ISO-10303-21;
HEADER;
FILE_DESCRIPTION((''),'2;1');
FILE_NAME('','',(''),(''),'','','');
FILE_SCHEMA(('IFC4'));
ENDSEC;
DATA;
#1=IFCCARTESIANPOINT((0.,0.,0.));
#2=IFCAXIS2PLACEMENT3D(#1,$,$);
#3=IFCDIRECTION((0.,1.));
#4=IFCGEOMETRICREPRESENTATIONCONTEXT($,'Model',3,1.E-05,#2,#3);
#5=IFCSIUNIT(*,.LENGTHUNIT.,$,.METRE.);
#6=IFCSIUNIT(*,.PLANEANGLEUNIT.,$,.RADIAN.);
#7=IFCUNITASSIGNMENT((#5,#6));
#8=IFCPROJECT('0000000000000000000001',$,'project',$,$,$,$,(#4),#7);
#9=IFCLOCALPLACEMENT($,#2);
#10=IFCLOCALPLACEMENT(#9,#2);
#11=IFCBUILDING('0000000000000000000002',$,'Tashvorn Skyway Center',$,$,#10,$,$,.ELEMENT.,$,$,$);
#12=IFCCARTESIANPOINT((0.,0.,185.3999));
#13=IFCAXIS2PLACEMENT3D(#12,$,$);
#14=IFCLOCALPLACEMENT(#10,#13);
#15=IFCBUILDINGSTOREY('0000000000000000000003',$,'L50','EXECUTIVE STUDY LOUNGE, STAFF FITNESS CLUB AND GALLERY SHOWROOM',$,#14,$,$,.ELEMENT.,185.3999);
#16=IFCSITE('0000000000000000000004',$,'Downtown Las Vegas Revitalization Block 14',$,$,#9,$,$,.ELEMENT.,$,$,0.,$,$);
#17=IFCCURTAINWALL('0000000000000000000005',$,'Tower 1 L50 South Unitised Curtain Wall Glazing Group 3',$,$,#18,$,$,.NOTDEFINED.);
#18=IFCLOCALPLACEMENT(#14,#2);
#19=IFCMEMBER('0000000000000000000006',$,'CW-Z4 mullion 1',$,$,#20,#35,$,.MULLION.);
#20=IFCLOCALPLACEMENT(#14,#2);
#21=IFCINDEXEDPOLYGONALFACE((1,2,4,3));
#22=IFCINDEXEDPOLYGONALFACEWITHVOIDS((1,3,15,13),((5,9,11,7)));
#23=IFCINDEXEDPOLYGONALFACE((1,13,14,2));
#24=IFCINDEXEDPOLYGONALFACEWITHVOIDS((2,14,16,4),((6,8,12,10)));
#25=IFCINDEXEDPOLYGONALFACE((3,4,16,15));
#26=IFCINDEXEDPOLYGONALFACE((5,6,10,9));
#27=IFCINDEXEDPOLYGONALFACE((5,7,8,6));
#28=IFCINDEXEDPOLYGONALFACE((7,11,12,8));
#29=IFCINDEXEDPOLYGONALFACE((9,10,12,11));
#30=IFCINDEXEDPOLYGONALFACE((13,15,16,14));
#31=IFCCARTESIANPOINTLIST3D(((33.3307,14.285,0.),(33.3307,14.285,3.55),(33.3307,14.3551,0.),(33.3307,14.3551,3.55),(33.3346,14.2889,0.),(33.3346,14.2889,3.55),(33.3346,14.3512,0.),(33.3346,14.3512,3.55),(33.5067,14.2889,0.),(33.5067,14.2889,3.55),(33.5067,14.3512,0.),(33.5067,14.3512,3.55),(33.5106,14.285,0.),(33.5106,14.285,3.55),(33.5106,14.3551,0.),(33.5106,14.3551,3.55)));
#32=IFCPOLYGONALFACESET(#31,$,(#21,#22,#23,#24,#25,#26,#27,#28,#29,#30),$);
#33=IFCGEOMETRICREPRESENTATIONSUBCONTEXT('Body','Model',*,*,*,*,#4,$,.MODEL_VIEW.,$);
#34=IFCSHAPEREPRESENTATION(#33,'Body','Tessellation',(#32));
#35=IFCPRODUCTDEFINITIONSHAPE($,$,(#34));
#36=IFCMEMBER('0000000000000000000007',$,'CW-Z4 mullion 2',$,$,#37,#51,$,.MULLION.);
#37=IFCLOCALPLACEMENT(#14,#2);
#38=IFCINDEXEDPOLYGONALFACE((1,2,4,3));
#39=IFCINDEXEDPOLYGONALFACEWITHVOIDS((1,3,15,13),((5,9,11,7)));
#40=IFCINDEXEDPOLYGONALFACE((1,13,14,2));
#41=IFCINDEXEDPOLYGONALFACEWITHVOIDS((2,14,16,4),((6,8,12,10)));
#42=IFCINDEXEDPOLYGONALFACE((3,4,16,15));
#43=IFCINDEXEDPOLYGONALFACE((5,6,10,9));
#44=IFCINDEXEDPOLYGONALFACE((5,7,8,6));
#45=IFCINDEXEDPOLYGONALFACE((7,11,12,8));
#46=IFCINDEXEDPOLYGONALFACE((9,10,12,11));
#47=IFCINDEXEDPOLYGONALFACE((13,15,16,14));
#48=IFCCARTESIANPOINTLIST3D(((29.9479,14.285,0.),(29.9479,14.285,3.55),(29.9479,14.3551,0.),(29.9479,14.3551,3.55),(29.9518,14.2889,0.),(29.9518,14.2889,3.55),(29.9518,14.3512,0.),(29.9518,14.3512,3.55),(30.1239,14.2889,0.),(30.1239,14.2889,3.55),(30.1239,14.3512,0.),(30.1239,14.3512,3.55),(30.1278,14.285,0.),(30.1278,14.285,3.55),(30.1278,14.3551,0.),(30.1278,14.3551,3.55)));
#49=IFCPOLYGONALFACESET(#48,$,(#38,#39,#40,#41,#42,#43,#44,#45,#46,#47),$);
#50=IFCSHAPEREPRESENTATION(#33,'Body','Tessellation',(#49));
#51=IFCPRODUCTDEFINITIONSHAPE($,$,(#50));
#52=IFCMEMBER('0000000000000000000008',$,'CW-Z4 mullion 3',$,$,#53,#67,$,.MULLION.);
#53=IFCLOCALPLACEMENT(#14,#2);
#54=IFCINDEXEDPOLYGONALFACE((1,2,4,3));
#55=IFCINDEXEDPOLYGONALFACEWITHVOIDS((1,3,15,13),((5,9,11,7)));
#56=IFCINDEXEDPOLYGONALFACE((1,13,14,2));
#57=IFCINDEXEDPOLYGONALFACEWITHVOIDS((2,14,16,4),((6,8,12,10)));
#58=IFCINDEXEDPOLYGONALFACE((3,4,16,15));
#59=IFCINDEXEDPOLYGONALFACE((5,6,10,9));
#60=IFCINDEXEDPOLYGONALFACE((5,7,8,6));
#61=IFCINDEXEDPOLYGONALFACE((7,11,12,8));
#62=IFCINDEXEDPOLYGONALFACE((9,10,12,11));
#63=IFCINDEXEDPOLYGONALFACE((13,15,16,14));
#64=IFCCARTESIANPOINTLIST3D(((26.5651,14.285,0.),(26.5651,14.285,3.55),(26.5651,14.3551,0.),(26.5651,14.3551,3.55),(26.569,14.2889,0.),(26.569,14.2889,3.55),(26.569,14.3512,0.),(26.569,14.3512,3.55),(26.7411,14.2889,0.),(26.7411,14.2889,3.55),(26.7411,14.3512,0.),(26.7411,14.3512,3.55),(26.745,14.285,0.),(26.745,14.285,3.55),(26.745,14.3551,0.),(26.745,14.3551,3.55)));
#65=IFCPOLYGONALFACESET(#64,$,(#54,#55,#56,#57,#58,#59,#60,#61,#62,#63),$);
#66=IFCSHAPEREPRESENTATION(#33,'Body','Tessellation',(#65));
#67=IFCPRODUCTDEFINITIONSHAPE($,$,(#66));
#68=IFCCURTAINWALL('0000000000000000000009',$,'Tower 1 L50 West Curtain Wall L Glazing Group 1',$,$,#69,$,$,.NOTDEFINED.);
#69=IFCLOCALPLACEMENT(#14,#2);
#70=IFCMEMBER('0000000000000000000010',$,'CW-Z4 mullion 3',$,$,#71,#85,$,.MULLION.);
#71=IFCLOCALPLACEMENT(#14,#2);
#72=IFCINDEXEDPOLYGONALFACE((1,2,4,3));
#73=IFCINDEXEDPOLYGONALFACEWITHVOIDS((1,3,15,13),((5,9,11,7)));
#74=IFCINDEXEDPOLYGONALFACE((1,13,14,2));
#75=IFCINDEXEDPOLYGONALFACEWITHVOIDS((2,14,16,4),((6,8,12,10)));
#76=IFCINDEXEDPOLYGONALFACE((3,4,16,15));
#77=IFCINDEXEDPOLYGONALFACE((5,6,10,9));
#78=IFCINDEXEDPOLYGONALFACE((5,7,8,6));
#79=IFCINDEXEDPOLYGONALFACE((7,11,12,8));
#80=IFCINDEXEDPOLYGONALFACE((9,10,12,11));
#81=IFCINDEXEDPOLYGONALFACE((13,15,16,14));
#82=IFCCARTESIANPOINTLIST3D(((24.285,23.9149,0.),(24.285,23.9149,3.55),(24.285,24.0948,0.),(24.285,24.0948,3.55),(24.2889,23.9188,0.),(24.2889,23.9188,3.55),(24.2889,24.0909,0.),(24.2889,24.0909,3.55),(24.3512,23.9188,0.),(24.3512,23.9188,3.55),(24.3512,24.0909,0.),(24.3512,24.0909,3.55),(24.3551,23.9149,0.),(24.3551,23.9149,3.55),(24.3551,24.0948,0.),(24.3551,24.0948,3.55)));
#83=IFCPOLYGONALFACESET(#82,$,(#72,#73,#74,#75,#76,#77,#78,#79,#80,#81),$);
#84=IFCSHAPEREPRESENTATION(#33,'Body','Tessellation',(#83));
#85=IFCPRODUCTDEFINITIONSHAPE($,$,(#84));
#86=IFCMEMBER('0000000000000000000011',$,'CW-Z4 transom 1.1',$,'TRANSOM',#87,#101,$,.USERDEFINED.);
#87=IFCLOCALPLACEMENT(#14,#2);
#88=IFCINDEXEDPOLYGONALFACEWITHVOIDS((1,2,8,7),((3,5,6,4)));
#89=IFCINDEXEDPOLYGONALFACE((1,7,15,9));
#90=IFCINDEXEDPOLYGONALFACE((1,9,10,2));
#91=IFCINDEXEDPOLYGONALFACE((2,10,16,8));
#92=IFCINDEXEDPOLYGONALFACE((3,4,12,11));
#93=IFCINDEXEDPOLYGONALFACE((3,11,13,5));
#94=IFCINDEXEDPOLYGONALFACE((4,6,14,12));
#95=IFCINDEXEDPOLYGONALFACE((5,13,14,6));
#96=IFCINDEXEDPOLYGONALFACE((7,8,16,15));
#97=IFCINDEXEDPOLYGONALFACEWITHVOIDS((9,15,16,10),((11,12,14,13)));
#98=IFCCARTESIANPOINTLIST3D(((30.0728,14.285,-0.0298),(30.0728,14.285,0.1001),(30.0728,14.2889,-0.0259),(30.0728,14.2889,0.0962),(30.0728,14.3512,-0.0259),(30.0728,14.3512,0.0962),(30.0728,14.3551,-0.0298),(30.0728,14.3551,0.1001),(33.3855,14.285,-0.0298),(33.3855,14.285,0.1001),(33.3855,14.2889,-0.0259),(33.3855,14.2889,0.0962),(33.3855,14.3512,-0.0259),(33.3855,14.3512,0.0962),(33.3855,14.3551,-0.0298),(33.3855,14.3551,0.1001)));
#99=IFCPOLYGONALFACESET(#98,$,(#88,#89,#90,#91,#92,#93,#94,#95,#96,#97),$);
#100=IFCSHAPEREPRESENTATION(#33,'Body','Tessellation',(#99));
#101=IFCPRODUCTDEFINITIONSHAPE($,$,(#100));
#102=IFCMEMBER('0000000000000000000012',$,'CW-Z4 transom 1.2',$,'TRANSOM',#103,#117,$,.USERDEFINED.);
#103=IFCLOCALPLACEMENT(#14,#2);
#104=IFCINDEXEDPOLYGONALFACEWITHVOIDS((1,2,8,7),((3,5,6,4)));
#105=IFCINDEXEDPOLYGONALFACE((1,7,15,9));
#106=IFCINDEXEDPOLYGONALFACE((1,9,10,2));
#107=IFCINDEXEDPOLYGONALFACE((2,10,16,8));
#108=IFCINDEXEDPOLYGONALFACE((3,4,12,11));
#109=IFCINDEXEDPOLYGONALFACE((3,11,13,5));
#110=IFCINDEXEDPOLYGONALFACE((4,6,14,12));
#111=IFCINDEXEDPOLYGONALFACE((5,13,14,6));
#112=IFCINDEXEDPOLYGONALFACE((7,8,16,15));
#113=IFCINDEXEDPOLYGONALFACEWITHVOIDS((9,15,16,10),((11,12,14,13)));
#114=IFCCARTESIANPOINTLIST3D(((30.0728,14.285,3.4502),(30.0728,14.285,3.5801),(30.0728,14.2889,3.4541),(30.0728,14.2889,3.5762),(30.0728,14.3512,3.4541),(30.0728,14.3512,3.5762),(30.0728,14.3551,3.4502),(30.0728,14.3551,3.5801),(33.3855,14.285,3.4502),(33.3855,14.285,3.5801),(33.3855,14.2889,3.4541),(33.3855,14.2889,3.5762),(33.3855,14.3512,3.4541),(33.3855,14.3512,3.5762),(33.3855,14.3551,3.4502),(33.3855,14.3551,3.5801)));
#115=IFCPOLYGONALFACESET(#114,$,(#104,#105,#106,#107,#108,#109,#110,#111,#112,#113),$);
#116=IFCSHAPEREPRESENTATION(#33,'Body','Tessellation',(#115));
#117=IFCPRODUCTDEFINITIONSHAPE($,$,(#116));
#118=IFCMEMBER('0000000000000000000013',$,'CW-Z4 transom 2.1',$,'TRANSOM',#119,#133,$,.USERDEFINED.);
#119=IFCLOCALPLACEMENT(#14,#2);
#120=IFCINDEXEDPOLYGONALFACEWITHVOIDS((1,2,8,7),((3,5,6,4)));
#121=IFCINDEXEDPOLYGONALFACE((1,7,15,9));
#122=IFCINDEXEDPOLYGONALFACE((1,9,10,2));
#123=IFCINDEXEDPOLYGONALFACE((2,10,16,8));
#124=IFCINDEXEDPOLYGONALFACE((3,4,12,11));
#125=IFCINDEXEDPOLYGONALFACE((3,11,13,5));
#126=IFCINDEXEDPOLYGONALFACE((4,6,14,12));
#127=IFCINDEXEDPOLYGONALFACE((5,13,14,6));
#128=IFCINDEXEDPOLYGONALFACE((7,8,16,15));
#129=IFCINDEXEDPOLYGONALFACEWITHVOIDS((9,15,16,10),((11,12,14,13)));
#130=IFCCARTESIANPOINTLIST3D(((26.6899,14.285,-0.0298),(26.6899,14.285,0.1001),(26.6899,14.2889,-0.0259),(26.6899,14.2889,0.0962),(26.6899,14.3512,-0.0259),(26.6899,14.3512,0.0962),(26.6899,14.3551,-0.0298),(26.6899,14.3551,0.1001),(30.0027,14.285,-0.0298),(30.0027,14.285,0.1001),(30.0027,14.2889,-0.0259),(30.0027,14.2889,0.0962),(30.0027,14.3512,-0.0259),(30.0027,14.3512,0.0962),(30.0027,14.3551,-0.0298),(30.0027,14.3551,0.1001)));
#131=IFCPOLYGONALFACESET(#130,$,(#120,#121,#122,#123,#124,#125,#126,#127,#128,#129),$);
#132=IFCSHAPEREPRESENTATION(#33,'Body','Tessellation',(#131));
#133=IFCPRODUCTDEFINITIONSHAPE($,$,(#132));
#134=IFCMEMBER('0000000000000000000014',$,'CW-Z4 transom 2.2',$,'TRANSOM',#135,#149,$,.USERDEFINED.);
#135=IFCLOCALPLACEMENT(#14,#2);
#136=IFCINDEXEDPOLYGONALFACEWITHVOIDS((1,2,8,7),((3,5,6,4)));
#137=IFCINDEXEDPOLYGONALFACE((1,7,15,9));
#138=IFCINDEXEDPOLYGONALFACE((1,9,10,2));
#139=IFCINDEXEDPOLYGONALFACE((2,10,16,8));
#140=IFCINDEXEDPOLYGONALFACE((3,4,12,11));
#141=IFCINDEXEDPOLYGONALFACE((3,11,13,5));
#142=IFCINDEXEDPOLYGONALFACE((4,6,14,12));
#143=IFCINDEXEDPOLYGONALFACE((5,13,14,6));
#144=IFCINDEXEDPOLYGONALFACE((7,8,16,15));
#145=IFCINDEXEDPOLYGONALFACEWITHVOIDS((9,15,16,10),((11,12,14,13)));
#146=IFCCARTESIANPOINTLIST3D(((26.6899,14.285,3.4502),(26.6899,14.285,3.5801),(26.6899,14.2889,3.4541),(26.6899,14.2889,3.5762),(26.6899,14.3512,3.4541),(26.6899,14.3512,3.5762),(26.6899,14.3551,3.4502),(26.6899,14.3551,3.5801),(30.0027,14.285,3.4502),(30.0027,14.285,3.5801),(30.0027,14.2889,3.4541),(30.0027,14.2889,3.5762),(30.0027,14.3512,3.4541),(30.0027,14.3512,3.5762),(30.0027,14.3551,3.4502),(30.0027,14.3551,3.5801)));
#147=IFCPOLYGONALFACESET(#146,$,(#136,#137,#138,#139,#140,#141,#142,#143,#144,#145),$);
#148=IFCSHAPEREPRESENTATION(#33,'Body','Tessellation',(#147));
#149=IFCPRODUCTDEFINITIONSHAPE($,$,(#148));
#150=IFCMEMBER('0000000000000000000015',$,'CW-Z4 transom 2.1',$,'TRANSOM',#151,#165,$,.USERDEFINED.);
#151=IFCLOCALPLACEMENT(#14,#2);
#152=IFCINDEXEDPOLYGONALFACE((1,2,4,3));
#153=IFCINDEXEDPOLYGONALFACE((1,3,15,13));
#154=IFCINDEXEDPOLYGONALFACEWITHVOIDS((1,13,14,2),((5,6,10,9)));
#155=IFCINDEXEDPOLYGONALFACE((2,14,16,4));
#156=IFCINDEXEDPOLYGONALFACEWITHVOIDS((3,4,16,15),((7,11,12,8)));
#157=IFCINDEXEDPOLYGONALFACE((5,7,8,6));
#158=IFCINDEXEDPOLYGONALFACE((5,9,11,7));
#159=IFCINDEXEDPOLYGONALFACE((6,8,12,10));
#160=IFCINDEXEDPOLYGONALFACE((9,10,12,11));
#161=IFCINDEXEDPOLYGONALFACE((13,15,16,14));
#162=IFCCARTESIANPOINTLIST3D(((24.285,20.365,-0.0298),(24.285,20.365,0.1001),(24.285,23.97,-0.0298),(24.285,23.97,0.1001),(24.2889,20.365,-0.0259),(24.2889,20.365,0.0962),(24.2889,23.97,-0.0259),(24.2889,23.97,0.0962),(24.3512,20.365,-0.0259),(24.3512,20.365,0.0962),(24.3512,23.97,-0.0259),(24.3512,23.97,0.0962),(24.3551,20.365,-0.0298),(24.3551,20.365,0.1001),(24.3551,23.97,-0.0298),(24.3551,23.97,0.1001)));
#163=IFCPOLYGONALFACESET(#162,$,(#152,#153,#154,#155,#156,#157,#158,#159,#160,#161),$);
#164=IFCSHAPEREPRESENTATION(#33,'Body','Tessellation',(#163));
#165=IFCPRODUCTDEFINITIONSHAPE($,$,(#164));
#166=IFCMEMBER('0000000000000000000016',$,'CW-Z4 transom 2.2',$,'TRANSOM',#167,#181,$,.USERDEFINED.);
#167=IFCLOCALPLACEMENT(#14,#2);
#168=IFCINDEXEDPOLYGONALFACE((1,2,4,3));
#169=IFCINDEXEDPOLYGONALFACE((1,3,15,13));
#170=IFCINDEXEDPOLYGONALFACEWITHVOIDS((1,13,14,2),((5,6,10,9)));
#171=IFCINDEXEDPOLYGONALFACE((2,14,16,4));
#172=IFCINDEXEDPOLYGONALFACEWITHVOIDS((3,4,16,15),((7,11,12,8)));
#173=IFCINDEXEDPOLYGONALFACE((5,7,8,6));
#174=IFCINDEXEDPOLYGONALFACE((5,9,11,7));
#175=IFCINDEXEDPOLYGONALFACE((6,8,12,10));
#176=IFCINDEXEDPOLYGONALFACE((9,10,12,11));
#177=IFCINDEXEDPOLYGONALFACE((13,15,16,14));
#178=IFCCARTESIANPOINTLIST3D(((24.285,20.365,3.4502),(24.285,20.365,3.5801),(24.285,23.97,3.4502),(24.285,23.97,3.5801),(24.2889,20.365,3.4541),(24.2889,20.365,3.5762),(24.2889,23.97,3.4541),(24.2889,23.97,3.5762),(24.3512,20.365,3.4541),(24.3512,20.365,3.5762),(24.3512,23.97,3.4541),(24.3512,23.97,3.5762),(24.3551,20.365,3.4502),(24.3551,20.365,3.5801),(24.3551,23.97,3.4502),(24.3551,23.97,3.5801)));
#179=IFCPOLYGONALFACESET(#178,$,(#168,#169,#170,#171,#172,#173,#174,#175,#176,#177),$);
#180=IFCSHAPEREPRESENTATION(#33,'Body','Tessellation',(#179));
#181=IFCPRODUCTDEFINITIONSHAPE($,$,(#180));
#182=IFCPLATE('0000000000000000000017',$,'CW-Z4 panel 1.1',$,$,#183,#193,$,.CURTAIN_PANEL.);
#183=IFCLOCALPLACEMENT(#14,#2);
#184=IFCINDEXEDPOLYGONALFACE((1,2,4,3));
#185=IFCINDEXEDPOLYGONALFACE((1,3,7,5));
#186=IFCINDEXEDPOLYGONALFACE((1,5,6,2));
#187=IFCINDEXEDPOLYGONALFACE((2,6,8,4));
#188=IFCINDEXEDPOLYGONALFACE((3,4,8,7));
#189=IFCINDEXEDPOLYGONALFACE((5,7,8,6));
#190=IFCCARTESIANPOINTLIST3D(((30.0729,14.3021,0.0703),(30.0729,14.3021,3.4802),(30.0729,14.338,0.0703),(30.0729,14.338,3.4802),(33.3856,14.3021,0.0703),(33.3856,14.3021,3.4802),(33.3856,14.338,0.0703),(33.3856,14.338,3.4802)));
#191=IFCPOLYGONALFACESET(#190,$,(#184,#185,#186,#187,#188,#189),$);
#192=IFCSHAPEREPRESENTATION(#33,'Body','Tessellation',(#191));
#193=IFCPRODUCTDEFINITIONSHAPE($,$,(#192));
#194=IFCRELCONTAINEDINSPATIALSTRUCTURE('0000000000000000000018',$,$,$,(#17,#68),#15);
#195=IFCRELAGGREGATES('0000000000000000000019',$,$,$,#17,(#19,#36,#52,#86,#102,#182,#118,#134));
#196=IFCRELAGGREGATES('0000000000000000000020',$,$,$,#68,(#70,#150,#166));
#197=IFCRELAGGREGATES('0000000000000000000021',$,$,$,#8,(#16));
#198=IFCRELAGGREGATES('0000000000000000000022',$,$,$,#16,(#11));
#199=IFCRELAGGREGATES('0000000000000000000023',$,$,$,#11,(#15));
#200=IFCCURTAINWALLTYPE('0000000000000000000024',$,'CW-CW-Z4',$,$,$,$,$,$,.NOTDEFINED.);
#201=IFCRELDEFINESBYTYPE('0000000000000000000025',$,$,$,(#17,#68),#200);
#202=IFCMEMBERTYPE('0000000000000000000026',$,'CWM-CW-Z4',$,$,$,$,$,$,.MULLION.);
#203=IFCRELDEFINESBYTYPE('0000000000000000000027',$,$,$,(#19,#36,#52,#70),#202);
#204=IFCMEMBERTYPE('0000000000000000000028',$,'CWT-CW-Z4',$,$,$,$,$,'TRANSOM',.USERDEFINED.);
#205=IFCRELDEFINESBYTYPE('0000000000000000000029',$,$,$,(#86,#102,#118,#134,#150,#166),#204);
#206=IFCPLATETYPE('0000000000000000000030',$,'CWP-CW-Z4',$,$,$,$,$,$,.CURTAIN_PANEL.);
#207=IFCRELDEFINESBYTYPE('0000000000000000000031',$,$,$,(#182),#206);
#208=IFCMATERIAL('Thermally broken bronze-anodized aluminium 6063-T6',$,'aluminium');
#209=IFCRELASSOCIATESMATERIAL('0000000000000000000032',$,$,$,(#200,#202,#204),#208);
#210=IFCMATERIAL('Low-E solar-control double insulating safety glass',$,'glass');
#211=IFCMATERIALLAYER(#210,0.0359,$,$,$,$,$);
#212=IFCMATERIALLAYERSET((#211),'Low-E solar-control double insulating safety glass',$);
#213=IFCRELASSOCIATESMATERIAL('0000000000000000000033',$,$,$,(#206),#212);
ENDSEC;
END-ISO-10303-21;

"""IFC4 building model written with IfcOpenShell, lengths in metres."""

from ifc_helpers import new_model, si_unit, direction, frame, origin, origin_2d, place, context, subcontext, project, spatial, rectangle, hollow_rectangle, extrude, material, layer, layer_set, material_profile, profile_set, type_object, element, aggregate, save


model = new_model("IFC4")

# Units and contexts
model_context = context("Model", 3, precision=1e-05, world=origin(), true_north=direction((0.0, 1.0)))
body_context = subcontext(model_context, "Body", "Model", "MODEL_VIEW")
ifc_project = project(units=[si_unit("LENGTHUNIT", "METRE"), si_unit("PLANEANGLEUNIT", "RADIAN")], contexts=[model_context])

# Site, building, storey
site_placement = place(None, origin())
site = spatial("IfcSite", under=ifc_project, at=site_placement, Name="Downtown Las Vegas Revitalization Block 14", CompositionType="ELEMENT", RefElevation=0.0)
building_placement = place(site_placement, origin())
building = spatial("IfcBuilding", under=site, at=building_placement, Name="Tashvorn Skyway Center", CompositionType="ELEMENT")
storey_placement = place(building_placement, frame((0.0, 0.0, 185.3999)))
storey = spatial("IfcBuildingStorey", under=building, at=storey_placement, Name="L50", Description="EXECUTIVE STUDY LOUNGE, STAFF FITNESS CLUB AND GALLERY SHOWROOM", CompositionType="ELEMENT", Elevation=185.3999)

# Curtain wall, members
ifc_material_1 = material(Name="Thermally broken bronze-anodized aluminium 6063-T6", Category="aluminium")
curtain_wall_type = type_object("IfcCurtainWallType", Name="CW-CW-Z4", PredefinedType="NOTDEFINED", material=ifc_material_1)
curtain_wall_1_placement = place(storey_placement, origin())
curtain_wall_1 = element("IfcCurtainWall", 1, at=curtain_wall_1_placement, inside=storey, type_object=curtain_wall_type, Name="Tower 1 L50 South Unitised Curtain Wall Glazing Group 3", PredefinedType="NOTDEFINED")
ifc_material_profile_1 = material_profile(ifc_material_1, hollow_rectangle(XDim=0.0701, YDim=0.1799, WallThickness=0.0039, at=origin_2d()), Name="ALU-MULL-70x180")
ifc_profile_set_1 = profile_set([ifc_material_profile_1], Name="Thermally broken bronze-anodized aluminium 6063-T6")
member_type_1 = type_object("IfcMemberType", Name="CWM-CW-Z4", PredefinedType="MULLION", material=ifc_profile_set_1)
member_1_placement = place(storey_placement, frame((33.4207, 14.3201, 0.0), z_axis=(0.0, 0.0, 1.0), x_axis=(0.0, -1.0, 0.0)))
member_1 = element("IfcMember", 2, at=member_1_placement, type_object=member_type_1, Name="CW-Z4 mullion 1", PredefinedType="MULLION", context=body_context, shape_type="SweptSolid", body=[
    extrude(hollow_rectangle(XDim=0.0701, YDim=0.1799, WallThickness=0.0039, at=origin_2d()), origin(), (0.0, 0.0, 1.0), 3.55),
])
member_2_placement = place(storey_placement, frame((30.0378, 14.3201, 0.0), z_axis=(0.0, 0.0, 1.0), x_axis=(0.0, -1.0, 0.0)))
member_2 = element("IfcMember", 3, at=member_2_placement, type_object=member_type_1, Name="CW-Z4 mullion 2", PredefinedType="MULLION", context=body_context, shape_type="SweptSolid", body=[
    extrude(hollow_rectangle(XDim=0.0701, YDim=0.1799, WallThickness=0.0039, at=origin_2d()), origin(), (0.0, 0.0, 1.0), 3.55),
])
member_3_placement = place(storey_placement, frame((26.655, 14.3201, 0.0), z_axis=(0.0, 0.0, 1.0), x_axis=(0.0, -1.0, 0.0)))
member_3 = element("IfcMember", 4, at=member_3_placement, type_object=member_type_1, Name="CW-Z4 mullion 3", PredefinedType="MULLION", context=body_context, shape_type="SweptSolid", body=[
    extrude(hollow_rectangle(XDim=0.0701, YDim=0.1799, WallThickness=0.0039, at=origin_2d()), origin(), (0.0, 0.0, 1.0), 3.55),
])

# Curtain wall, member
curtain_wall_2_placement = place(storey_placement, origin())
curtain_wall_2 = element("IfcCurtainWall", 5, at=curtain_wall_2_placement, inside=storey, type_object=curtain_wall_type, Name="Tower 1 L50 West Curtain Wall L Glazing Group 1", PredefinedType="NOTDEFINED")
member_4_placement = place(storey_placement, frame((24.3201, 24.0049, 0.0), z_axis=(0.0, 0.0, 1.0), x_axis=(-1.0, 0.0, 0.0)))
member_4 = element("IfcMember", 6, at=member_4_placement, type_object=member_type_1, Name="CW-Z4 mullion 3", PredefinedType="MULLION", context=body_context, shape_type="SweptSolid", body=[
    extrude(hollow_rectangle(XDim=0.0701, YDim=0.1799, WallThickness=0.0039, at=origin_2d()), origin(), (0.0, 0.0, 1.0), 3.55),
])

# Members
ifc_material_profile_2 = material_profile(ifc_material_1, hollow_rectangle(XDim=0.0701, YDim=0.1299, WallThickness=0.0039, at=origin_2d()), Name="ALU-TRAN-70x130")
ifc_profile_set_2 = profile_set([ifc_material_profile_2], Name="Thermally broken bronze-anodized aluminium 6063-T6")
member_type_2 = type_object("IfcMemberType", Name="CWT-CW-Z4", ElementType="TRANSOM", PredefinedType="USERDEFINED", material=ifc_profile_set_2)
member_5_placement = place(storey_placement, frame((33.3855, 14.3201, 0.0352), z_axis=(-1.0, 0.0, 0.0), x_axis=(0.0, -1.0, 0.0)))
member_5 = element("IfcMember", 7, at=member_5_placement, type_object=member_type_2, Name="CW-Z4 transom 1.1", ObjectType="TRANSOM", PredefinedType="USERDEFINED", context=body_context, shape_type="SweptSolid", body=[
    extrude(hollow_rectangle(XDim=0.0701, YDim=0.1299, WallThickness=0.0039, at=origin_2d()), origin(), (0.0, 0.0, 1.0), 3.3127),
])
member_6_placement = place(storey_placement, frame((33.3855, 14.3201, 3.5151), z_axis=(-1.0, 0.0, 0.0), x_axis=(0.0, -1.0, 0.0)))
member_6 = element("IfcMember", 8, at=member_6_placement, type_object=member_type_2, Name="CW-Z4 transom 1.2", ObjectType="TRANSOM", PredefinedType="USERDEFINED", context=body_context, shape_type="SweptSolid", body=[
    extrude(hollow_rectangle(XDim=0.0701, YDim=0.1299, WallThickness=0.0039, at=origin_2d()), origin(), (0.0, 0.0, 1.0), 3.3127),
])
member_7_placement = place(storey_placement, frame((30.0027, 14.3201, 0.0352), z_axis=(-1.0, 0.0, 0.0), x_axis=(0.0, -1.0, 0.0)))
member_7 = element("IfcMember", 9, at=member_7_placement, type_object=member_type_2, Name="CW-Z4 transom 2.1", ObjectType="TRANSOM", PredefinedType="USERDEFINED", context=body_context, shape_type="SweptSolid", body=[
    extrude(hollow_rectangle(XDim=0.0701, YDim=0.1299, WallThickness=0.0039, at=origin_2d()), origin(), (0.0, 0.0, 1.0), 3.3127),
])
member_8_placement = place(storey_placement, frame((30.0027, 14.3201, 3.5151), z_axis=(-1.0, 0.0, 0.0), x_axis=(0.0, -1.0, 0.0)))
member_8 = element("IfcMember", 10, at=member_8_placement, type_object=member_type_2, Name="CW-Z4 transom 2.2", ObjectType="TRANSOM", PredefinedType="USERDEFINED", context=body_context, shape_type="SweptSolid", body=[
    extrude(hollow_rectangle(XDim=0.0701, YDim=0.1299, WallThickness=0.0039, at=origin_2d()), origin(), (0.0, 0.0, 1.0), 3.3127),
])
member_9_placement = place(storey_placement, frame((24.3201, 20.365, 0.0352), z_axis=(0.0, 1.0, 0.0), x_axis=(-1.0, 0.0, 0.0)))
member_9 = element("IfcMember", 11, at=member_9_placement, type_object=member_type_2, Name="CW-Z4 transom 2.1", ObjectType="TRANSOM", PredefinedType="USERDEFINED", context=body_context, shape_type="SweptSolid", body=[
    extrude(hollow_rectangle(XDim=0.0701, YDim=0.1299, WallThickness=0.0039, at=origin_2d()), origin(), (0.0, 0.0, 1.0), 3.605),
])
member_10_placement = place(storey_placement, frame((24.3201, 20.365, 3.5151), z_axis=(0.0, 1.0, 0.0), x_axis=(-1.0, 0.0, 0.0)))
member_10 = element("IfcMember", 12, at=member_10_placement, type_object=member_type_2, Name="CW-Z4 transom 2.2", ObjectType="TRANSOM", PredefinedType="USERDEFINED", context=body_context, shape_type="SweptSolid", body=[
    extrude(hollow_rectangle(XDim=0.0701, YDim=0.1299, WallThickness=0.0039, at=origin_2d()), origin(), (0.0, 0.0, 1.0), 3.605),
])

# Plate
ifc_material_2 = material(Name="Low-E solar-control double insulating safety glass", Category="glass")
ifc_layer_1 = layer(ifc_material_2, 0.0359)
ifc_layer_set_1 = layer_set([ifc_layer_1], Name="Low-E solar-control double insulating safety glass")
plate_type = type_object("IfcPlateType", Name="CWP-CW-Z4", PredefinedType="CURTAIN_PANEL", material=ifc_layer_set_1)
plate_1_placement = place(storey_placement, frame((31.7292, 14.3201, 0.0703), z_axis=(0.0, 0.0, 1.0), x_axis=(-1.0, 0.0, 0.0)))
plate_1 = element("IfcPlate", 13, at=plate_1_placement, type_object=plate_type, Name="CW-Z4 panel 1.1", PredefinedType="CURTAIN_PANEL", context=body_context, shape_type="SweptSolid", body=[
    extrude(rectangle(XDim=3.3127, YDim=0.0359, at=origin_2d()), origin(), (0.0, 0.0, 1.0), 3.4099),
])
aggregate(curtain_wall_1, [member_1, member_2, member_3, member_5, member_6, plate_1, member_7, member_8])
aggregate(curtain_wall_2, [member_4, member_9, member_10])

save(model, "model.ifc")
